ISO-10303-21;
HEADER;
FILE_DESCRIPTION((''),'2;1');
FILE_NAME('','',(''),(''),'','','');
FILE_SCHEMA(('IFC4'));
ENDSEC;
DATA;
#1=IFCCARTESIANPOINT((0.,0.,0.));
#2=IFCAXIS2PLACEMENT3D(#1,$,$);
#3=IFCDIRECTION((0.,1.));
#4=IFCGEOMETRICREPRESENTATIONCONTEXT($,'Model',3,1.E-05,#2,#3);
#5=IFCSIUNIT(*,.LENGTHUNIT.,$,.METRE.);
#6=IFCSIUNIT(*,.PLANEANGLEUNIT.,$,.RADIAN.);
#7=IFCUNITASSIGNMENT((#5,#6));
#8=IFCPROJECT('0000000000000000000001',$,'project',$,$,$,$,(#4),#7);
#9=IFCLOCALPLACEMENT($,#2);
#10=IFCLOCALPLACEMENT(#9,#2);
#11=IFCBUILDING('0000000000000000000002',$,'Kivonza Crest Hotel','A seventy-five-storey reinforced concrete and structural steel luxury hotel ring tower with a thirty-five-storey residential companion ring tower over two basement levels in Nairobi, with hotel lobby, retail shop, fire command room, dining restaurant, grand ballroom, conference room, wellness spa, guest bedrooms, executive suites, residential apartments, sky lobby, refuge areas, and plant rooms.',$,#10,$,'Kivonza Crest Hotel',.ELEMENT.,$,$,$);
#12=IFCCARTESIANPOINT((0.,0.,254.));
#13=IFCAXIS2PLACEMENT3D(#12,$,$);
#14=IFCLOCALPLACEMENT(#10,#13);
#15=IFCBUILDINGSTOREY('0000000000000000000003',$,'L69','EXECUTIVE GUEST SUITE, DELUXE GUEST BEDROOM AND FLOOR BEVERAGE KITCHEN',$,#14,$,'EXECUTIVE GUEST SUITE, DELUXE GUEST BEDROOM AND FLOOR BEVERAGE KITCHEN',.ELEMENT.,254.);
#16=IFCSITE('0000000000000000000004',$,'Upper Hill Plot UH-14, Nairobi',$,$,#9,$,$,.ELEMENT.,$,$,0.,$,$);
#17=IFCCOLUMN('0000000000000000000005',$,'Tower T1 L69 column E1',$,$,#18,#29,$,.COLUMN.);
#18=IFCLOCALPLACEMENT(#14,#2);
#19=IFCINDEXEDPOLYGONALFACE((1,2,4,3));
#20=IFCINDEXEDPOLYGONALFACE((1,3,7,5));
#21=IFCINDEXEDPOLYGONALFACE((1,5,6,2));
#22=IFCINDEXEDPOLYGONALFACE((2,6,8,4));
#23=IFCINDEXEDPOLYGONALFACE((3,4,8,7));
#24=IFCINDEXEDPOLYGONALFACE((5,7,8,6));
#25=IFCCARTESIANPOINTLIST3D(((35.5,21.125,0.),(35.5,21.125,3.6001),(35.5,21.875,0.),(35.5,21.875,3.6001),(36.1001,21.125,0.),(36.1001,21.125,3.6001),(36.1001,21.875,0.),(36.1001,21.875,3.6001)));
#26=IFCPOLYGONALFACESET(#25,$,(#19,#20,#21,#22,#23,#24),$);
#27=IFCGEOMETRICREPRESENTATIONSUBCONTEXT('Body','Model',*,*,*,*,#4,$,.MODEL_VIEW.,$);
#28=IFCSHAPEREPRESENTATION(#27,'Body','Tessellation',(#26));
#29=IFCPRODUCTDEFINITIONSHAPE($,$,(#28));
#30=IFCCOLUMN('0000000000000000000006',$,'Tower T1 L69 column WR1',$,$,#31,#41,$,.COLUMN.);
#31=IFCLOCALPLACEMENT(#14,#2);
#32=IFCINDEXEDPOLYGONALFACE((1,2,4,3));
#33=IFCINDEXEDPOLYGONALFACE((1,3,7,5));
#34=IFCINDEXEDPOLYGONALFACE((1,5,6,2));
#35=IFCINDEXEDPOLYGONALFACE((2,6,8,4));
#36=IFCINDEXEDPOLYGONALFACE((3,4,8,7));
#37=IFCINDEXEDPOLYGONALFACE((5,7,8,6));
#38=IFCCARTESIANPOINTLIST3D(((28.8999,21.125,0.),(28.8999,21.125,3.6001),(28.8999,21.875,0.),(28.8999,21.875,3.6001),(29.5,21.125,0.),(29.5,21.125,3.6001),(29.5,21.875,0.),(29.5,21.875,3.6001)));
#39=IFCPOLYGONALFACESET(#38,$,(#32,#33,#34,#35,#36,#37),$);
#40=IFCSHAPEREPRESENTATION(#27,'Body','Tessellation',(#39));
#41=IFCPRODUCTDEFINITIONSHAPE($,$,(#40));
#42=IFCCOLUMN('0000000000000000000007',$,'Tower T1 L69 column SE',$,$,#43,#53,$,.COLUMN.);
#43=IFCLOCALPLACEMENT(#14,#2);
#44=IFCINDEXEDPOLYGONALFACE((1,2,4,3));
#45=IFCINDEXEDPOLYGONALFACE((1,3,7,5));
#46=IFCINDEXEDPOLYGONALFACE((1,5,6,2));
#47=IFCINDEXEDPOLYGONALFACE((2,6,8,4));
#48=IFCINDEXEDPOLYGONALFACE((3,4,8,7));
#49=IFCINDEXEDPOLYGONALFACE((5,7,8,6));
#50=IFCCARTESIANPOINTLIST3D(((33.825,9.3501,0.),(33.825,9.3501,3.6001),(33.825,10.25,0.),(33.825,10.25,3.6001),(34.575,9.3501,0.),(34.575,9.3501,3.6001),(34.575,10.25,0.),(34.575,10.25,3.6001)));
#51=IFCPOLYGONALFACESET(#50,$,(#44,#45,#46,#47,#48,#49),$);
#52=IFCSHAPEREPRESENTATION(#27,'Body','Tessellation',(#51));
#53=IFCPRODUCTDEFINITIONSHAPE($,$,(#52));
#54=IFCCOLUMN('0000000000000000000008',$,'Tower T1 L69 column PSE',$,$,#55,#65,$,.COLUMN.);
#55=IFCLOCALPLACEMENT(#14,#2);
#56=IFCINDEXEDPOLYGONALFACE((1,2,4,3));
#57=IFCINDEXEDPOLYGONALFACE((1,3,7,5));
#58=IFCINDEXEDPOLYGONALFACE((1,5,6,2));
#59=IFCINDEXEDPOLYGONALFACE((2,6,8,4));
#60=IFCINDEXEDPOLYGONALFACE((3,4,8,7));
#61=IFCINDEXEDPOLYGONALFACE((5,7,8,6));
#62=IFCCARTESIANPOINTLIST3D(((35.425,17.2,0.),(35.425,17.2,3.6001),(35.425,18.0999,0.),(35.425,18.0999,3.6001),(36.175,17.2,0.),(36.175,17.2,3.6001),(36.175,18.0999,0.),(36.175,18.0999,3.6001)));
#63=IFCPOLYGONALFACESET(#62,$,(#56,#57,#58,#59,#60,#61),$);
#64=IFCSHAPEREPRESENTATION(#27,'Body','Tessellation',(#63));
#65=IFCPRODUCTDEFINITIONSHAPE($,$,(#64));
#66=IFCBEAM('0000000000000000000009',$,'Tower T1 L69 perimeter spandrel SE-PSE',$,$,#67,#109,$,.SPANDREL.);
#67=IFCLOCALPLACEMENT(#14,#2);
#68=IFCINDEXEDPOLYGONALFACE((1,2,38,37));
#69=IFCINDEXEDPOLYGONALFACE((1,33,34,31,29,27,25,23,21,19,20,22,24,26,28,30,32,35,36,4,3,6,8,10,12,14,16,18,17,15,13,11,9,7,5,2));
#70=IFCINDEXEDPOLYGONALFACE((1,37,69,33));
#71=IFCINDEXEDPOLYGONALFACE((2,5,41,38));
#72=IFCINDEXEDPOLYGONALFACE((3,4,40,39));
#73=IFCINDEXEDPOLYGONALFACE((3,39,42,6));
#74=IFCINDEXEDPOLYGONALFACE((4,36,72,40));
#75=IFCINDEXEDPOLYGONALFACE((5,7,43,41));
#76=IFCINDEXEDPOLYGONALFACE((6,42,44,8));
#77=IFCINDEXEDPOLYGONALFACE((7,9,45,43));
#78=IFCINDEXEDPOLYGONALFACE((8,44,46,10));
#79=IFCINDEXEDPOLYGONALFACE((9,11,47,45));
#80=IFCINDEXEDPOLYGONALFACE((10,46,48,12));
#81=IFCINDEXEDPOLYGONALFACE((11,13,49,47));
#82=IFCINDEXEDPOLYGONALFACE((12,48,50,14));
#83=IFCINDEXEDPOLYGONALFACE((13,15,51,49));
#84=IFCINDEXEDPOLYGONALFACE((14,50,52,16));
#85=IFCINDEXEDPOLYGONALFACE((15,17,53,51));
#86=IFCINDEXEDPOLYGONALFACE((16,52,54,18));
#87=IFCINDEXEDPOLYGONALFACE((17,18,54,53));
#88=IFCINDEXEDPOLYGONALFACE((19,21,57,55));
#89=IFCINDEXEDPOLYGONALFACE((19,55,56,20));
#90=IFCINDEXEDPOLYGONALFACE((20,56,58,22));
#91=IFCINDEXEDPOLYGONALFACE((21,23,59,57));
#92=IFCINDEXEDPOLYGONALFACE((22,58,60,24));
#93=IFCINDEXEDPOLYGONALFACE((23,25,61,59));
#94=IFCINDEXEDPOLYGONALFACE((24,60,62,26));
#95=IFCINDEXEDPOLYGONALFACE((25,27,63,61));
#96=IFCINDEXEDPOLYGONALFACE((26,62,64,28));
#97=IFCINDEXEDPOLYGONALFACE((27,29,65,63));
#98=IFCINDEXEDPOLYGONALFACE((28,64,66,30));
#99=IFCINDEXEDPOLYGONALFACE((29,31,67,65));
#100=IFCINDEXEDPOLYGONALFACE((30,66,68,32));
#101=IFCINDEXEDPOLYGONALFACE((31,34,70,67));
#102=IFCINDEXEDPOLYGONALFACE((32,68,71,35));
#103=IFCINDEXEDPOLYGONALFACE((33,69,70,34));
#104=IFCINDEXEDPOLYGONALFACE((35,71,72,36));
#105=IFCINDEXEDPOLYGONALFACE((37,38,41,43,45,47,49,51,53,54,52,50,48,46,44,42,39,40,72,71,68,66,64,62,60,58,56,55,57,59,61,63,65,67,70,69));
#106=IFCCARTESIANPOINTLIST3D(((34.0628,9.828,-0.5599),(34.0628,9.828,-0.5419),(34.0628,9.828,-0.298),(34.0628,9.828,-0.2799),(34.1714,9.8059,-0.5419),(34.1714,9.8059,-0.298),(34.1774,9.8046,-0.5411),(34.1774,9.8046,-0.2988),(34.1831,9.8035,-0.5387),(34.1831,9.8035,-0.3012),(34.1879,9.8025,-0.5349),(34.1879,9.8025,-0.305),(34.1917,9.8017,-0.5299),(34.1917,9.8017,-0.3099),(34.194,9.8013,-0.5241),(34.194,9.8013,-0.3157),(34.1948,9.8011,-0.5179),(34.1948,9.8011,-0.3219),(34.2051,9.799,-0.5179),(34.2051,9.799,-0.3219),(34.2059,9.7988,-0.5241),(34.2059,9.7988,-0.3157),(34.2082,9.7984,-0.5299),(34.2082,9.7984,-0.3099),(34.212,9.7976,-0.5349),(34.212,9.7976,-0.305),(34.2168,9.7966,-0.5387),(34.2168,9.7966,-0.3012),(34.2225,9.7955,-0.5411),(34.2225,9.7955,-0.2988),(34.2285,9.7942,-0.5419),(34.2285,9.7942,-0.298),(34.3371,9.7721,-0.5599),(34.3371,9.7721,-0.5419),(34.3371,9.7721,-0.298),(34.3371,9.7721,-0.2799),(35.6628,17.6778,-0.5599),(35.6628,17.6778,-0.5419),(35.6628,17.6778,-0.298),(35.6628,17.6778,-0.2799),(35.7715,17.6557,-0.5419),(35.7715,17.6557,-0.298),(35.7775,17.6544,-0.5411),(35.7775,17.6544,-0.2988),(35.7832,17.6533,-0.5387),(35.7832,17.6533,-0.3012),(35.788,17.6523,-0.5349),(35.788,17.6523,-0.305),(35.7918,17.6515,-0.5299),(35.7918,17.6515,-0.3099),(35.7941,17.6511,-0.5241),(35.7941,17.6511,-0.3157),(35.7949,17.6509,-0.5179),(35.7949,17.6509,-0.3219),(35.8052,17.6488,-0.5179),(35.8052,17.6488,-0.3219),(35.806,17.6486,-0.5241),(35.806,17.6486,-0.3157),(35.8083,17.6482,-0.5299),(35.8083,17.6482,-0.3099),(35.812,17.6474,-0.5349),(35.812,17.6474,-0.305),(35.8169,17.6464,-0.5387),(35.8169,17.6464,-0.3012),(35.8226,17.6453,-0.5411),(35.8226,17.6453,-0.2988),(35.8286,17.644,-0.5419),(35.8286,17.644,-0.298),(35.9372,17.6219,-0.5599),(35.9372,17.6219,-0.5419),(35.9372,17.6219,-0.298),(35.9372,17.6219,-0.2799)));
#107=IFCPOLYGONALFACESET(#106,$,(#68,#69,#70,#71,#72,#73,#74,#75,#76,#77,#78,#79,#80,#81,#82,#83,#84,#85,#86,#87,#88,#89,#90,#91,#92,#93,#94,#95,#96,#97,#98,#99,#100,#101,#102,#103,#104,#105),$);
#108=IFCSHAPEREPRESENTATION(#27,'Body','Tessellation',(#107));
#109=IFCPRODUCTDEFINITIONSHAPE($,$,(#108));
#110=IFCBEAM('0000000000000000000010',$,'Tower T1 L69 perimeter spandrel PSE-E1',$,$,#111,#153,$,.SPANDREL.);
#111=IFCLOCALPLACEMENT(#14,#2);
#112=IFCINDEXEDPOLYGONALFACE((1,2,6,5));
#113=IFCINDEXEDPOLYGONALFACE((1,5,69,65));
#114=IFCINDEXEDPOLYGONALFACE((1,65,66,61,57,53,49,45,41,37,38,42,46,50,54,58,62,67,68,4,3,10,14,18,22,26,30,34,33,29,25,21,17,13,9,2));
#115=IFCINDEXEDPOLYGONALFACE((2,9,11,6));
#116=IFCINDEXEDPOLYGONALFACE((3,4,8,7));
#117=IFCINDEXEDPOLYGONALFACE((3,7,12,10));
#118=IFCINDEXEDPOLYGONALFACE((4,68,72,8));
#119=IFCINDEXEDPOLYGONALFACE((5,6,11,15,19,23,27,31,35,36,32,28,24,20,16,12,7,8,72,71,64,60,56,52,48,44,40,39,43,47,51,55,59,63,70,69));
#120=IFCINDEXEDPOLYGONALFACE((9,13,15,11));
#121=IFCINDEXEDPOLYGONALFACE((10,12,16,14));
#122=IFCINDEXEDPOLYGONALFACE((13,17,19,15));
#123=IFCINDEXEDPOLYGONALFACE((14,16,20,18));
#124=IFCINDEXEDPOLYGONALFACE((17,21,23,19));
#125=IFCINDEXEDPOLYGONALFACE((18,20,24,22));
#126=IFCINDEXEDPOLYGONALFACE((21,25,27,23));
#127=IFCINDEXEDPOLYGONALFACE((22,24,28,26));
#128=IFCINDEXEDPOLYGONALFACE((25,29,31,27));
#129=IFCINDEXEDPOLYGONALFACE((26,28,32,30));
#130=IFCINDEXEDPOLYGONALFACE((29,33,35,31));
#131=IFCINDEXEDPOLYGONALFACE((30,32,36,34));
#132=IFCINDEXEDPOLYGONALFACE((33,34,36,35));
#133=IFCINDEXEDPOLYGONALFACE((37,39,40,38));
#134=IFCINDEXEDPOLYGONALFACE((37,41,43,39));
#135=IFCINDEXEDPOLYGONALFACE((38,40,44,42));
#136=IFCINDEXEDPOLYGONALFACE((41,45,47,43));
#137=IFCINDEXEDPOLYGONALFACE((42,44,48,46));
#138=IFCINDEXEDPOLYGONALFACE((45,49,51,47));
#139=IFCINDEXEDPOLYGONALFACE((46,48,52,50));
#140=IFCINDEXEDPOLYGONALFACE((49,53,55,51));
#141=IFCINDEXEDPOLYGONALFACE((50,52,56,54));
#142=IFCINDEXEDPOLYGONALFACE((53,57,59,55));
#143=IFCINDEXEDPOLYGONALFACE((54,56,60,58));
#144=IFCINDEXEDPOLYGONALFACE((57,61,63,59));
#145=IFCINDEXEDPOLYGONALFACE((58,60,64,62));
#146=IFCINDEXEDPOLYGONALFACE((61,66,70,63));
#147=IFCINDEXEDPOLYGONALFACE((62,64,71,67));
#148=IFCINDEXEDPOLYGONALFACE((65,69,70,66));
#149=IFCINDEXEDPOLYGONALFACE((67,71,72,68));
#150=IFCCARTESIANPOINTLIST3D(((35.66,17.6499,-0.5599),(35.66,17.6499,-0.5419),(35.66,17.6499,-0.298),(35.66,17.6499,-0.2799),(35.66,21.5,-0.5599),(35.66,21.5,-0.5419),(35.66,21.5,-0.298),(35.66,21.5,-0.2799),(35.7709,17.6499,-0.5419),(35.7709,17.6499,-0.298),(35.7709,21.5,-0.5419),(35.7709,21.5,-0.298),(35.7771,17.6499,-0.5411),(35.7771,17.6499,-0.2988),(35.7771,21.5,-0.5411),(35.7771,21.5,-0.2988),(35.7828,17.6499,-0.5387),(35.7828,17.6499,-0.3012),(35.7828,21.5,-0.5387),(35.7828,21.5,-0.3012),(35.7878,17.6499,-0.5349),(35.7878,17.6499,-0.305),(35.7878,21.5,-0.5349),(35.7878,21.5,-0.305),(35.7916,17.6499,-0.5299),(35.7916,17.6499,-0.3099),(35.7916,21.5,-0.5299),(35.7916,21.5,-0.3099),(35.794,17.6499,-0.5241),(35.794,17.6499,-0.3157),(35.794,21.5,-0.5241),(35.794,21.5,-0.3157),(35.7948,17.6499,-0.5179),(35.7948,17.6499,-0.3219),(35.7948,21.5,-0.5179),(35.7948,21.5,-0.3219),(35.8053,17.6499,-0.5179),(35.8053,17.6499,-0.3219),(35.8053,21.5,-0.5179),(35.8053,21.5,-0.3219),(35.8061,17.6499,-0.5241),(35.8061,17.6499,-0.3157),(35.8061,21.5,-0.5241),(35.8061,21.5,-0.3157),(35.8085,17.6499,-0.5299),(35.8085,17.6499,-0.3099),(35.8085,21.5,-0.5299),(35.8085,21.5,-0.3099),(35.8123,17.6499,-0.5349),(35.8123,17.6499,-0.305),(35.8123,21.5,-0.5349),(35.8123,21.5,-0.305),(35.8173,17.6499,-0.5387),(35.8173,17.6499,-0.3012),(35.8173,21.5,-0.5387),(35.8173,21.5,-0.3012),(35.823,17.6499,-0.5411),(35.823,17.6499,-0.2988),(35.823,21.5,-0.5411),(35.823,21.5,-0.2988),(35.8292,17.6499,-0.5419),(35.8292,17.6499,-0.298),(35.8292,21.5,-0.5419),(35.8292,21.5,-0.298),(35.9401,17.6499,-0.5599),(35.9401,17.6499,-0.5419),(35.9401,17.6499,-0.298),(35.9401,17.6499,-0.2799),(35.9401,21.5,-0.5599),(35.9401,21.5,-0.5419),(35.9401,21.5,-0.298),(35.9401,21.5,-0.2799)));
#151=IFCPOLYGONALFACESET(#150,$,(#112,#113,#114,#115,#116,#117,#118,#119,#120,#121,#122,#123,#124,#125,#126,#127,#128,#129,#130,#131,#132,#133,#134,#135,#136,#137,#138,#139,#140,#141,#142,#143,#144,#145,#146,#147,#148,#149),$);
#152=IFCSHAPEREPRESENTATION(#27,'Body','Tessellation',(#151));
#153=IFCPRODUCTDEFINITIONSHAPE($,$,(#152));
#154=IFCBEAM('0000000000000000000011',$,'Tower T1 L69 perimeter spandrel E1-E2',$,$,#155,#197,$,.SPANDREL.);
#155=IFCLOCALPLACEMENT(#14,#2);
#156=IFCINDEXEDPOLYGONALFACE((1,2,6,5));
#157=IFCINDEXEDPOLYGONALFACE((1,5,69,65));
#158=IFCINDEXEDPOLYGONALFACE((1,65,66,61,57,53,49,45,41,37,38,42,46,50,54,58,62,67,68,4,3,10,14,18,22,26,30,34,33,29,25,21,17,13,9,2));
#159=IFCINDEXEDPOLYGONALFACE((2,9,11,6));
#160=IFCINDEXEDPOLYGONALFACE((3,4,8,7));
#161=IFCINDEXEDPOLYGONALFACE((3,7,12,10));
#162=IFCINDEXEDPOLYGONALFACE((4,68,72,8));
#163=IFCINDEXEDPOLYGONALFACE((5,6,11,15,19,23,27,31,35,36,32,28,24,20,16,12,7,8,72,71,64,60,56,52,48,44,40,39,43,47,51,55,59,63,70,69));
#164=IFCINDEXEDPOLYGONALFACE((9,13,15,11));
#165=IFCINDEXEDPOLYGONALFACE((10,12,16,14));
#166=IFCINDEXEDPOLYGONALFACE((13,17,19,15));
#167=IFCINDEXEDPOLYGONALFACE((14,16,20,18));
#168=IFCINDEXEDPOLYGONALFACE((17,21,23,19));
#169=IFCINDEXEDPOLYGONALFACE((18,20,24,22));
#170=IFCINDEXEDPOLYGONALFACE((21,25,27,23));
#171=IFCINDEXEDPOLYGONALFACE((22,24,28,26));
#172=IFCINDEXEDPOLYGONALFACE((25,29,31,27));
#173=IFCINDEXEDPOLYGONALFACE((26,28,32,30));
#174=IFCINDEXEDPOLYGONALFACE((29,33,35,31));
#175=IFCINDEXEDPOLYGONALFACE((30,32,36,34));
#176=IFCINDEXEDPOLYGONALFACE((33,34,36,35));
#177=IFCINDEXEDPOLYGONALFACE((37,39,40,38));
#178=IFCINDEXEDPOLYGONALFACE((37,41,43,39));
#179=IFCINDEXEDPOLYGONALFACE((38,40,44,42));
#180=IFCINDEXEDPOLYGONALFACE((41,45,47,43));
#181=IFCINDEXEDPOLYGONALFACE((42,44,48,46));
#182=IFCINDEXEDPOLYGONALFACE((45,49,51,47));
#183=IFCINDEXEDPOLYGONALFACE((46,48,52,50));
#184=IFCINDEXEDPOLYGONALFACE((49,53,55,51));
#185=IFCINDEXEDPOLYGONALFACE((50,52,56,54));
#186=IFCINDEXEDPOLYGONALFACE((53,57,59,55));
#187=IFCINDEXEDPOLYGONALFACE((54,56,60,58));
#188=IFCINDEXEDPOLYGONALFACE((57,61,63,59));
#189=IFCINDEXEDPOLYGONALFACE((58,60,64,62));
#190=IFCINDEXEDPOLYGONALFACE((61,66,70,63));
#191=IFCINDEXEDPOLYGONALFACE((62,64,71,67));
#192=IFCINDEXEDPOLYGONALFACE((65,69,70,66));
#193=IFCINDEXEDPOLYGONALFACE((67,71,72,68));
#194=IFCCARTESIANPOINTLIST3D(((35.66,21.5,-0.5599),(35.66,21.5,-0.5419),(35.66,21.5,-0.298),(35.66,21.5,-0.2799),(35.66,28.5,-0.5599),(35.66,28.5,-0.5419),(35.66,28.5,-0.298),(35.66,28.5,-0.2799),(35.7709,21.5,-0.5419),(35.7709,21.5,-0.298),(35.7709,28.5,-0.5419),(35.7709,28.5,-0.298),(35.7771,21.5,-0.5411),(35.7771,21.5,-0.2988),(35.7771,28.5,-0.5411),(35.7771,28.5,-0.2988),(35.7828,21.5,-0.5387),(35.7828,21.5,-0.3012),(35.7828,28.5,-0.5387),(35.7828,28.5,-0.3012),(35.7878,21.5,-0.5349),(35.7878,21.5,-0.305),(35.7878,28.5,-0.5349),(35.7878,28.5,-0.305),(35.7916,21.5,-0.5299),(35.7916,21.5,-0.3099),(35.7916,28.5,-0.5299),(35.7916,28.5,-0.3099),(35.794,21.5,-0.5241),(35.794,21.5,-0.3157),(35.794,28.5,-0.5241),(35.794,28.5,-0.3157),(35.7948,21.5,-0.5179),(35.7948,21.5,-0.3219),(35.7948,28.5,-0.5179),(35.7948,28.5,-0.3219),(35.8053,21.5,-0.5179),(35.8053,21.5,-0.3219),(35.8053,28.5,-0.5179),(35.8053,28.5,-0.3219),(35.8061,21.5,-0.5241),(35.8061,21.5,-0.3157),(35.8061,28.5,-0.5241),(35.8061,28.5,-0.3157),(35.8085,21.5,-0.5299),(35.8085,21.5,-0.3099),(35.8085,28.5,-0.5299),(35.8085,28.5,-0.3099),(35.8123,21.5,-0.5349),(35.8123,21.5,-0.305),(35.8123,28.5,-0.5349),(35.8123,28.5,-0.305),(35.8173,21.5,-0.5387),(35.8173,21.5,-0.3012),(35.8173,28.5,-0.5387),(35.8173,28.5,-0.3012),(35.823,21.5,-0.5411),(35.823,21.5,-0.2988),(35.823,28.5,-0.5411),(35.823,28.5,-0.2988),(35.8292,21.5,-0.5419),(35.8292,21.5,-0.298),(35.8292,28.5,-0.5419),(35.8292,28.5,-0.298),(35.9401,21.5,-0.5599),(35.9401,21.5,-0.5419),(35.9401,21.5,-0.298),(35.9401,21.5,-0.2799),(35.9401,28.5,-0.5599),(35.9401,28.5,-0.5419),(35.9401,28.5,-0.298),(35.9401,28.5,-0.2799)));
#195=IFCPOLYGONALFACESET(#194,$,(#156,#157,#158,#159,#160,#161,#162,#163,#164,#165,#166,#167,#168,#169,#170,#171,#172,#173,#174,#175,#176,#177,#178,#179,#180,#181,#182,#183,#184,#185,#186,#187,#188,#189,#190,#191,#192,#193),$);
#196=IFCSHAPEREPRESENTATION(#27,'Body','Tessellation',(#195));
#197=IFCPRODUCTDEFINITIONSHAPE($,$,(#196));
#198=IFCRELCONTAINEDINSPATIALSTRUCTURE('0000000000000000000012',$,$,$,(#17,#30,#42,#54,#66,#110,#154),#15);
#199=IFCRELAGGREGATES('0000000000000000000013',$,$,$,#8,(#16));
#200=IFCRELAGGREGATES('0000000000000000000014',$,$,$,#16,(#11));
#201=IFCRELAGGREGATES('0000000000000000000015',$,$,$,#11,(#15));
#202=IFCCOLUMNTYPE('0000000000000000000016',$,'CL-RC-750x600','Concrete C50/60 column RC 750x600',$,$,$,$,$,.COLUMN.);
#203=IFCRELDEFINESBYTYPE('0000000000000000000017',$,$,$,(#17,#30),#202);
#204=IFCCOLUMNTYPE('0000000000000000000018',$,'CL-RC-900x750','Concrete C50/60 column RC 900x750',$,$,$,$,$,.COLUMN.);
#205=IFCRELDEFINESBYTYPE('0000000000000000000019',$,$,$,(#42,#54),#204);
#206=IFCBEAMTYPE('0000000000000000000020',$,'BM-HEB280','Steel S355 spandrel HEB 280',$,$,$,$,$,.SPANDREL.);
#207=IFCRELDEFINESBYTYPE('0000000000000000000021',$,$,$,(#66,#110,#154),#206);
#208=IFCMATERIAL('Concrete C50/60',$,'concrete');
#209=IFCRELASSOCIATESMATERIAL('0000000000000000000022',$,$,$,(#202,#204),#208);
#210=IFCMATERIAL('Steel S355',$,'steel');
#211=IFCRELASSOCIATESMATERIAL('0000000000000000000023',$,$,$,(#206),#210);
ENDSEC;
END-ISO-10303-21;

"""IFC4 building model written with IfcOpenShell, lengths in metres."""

from ifc_helpers import new_model, si_unit, direction, frame, origin, origin_2d, place, context, subcontext, project, spatial, rectangle, i_section, extrude, material, material_profile, profile_set, type_object, element, save


model = new_model("IFC4")

# Units and contexts
model_context = context("Model", 3, precision=1e-05, world=origin(), true_north=direction((0.0, 1.0)))
body_context = subcontext(model_context, "Body", "Model", "MODEL_VIEW")
ifc_project = project(units=[si_unit("LENGTHUNIT", "METRE"), si_unit("PLANEANGLEUNIT", "RADIAN")], contexts=[model_context])

# Site, building, storey
site_placement = place(None, origin())
site = spatial("IfcSite", under=ifc_project, at=site_placement, Name="Upper Hill Plot UH-14, Nairobi", CompositionType="ELEMENT", RefElevation=0.0)
building_placement = place(site_placement, origin())
building = spatial("IfcBuilding", under=site, at=building_placement, Name="Kivonza Crest Hotel", Description="A seventy-five-storey reinforced concrete and structural steel luxury hotel ring tower with a thirty-five-storey residential companion ring tower over two basement levels in Nairobi, with hotel lobby, retail shop, fire command room, dining restaurant, grand ballroom, conference room, wellness spa, guest bedrooms, executive suites, residential apartments, sky lobby, refuge areas, and plant rooms.", LongName="Kivonza Crest Hotel", CompositionType="ELEMENT")
storey_placement = place(building_placement, frame((0.0, 0.0, 254.0)))
storey = spatial("IfcBuildingStorey", under=building, at=storey_placement, Name="L69", Description="EXECUTIVE GUEST SUITE, DELUXE GUEST BEDROOM AND FLOOR BEVERAGE KITCHEN", LongName="EXECUTIVE GUEST SUITE, DELUXE GUEST BEDROOM AND FLOOR BEVERAGE KITCHEN", CompositionType="ELEMENT", Elevation=254.0)

# Columns
ifc_material_1 = material(Name="Concrete C50/60", Category="concrete")
ifc_material_profile_1 = material_profile(ifc_material_1, rectangle(XDim=0.6001, YDim=0.75, at=origin_2d()), Name="RC 750x600")
ifc_profile_set_1 = profile_set([ifc_material_profile_1], Name="Concrete C50/60")
column_type_1 = type_object("IfcColumnType", Name="CL-RC-750x600", Description="Concrete C50/60 column RC 750x600", PredefinedType="COLUMN", material=ifc_profile_set_1)
for number, where, z_axis, x_axis, name in (
    (1, (35.8, 21.5, 0.0), (0.0, 0.0, 1.0), (1.0, 0.0, 0.0), "Tower T1 L69 column E1"),
    (2, (29.2, 21.5, 0.0), (0.0, 0.0, 1.0), (1.0, 0.0, 0.0), "Tower T1 L69 column WR1"),
):
    element("IfcColumn", number, at=place(storey_placement, frame(where, z_axis=z_axis, x_axis=x_axis)), inside=storey, type_object=column_type_1, Name=name, PredefinedType="COLUMN", context=body_context, shape_type="SweptSolid", body=[
        extrude(rectangle(XDim=0.6001, YDim=0.75, at=origin_2d()), origin(), (0.0, 0.0, 1.0), 3.6001),
    ])
ifc_material_profile_2 = material_profile(ifc_material_1, rectangle(XDim=0.75, YDim=0.8999, at=origin_2d()), Name="RC 900x750")
ifc_profile_set_2 = profile_set([ifc_material_profile_2], Name="Concrete C50/60")
column_type_2 = type_object("IfcColumnType", Name="CL-RC-900x750", Description="Concrete C50/60 column RC 900x750", PredefinedType="COLUMN", material=ifc_profile_set_2)
for number, where, z_axis, x_axis, name in (
    (3, (34.2, 9.8, 0.0), (0.0, 0.0, 1.0), (1.0, 0.0, 0.0), "Tower T1 L69 column SE"),
    (4, (35.8, 17.6499, 0.0), (0.0, 0.0, 1.0), (1.0, 0.0, 0.0), "Tower T1 L69 column PSE"),
):
    element("IfcColumn", number, at=place(storey_placement, frame(where, z_axis=z_axis, x_axis=x_axis)), inside=storey, type_object=column_type_2, Name=name, PredefinedType="COLUMN", context=body_context, shape_type="SweptSolid", body=[
        extrude(rectangle(XDim=0.75, YDim=0.8999, at=origin_2d()), origin(), (0.0, 0.0, 1.0), 3.6001),
    ])

# Beams
ifc_material_2 = material(Name="Steel S355", Category="steel")
ifc_material_profile_3 = material_profile(ifc_material_2, i_section(OverallWidth=0.28, OverallDepth=0.28, WebThickness=0.0105, FlangeThickness=0.0181, FilletRadius=0.0239, at=origin_2d()), Name="HEB 280")
ifc_profile_set_3 = profile_set([ifc_material_profile_3], Name="Steel S355")
beam_type_1 = type_object("IfcBeamType", Name="BM-HEB280", Description="Steel S355 spandrel HEB 280", PredefinedType="SPANDREL", material=ifc_profile_set_3)
beam_1_placement = place(storey_placement, frame((34.2, 9.8, -0.4199), z_axis=(0.199731, 0.979851, 0.0), x_axis=(-0.979851, 0.199731, 0.0)))
element("IfcBeam", 5, at=beam_1_placement, inside=storey, type_object=beam_type_1, Name="Tower T1 L69 perimeter spandrel SE-PSE", PredefinedType="SPANDREL", context=body_context, shape_type="SweptSolid", body=[
    extrude(i_section(OverallWidth=0.28, OverallDepth=0.28, WebThickness=0.0105, FlangeThickness=0.0181, FilletRadius=0.0239, at=origin_2d()), origin(), (0.0, 0.0, 1.0), 8.0112),
])
beam_2_placement = place(storey_placement, frame((35.8, 17.6499, -0.4199), z_axis=(0.0, 1.0, 0.0), x_axis=(-1.0, 0.0, 0.0)))
element("IfcBeam", 6, at=beam_2_placement, inside=storey, type_object=beam_type_1, Name="Tower T1 L69 perimeter spandrel PSE-E1", PredefinedType="SPANDREL", context=body_context, shape_type="SweptSolid", body=[
    extrude(i_section(OverallWidth=0.28, OverallDepth=0.28, WebThickness=0.0105, FlangeThickness=0.0181, FilletRadius=0.0239, at=origin_2d()), origin(), (0.0, 0.0, 1.0), 3.8501),
])
beam_3_placement = place(storey_placement, frame((35.8, 21.5, -0.4199), z_axis=(0.0, 1.0, 0.0), x_axis=(-1.0, 0.0, 0.0)))
element("IfcBeam", 7, at=beam_3_placement, inside=storey, type_object=beam_type_1, Name="Tower T1 L69 perimeter spandrel E1-E2", PredefinedType="SPANDREL", context=body_context, shape_type="SweptSolid", body=[
    extrude(i_section(OverallWidth=0.28, OverallDepth=0.28, WebThickness=0.0105, FlangeThickness=0.0181, FilletRadius=0.0239, at=origin_2d()), origin(), (0.0, 0.0, 1.0), 7.0),
])

save(model, "model.ifc")
